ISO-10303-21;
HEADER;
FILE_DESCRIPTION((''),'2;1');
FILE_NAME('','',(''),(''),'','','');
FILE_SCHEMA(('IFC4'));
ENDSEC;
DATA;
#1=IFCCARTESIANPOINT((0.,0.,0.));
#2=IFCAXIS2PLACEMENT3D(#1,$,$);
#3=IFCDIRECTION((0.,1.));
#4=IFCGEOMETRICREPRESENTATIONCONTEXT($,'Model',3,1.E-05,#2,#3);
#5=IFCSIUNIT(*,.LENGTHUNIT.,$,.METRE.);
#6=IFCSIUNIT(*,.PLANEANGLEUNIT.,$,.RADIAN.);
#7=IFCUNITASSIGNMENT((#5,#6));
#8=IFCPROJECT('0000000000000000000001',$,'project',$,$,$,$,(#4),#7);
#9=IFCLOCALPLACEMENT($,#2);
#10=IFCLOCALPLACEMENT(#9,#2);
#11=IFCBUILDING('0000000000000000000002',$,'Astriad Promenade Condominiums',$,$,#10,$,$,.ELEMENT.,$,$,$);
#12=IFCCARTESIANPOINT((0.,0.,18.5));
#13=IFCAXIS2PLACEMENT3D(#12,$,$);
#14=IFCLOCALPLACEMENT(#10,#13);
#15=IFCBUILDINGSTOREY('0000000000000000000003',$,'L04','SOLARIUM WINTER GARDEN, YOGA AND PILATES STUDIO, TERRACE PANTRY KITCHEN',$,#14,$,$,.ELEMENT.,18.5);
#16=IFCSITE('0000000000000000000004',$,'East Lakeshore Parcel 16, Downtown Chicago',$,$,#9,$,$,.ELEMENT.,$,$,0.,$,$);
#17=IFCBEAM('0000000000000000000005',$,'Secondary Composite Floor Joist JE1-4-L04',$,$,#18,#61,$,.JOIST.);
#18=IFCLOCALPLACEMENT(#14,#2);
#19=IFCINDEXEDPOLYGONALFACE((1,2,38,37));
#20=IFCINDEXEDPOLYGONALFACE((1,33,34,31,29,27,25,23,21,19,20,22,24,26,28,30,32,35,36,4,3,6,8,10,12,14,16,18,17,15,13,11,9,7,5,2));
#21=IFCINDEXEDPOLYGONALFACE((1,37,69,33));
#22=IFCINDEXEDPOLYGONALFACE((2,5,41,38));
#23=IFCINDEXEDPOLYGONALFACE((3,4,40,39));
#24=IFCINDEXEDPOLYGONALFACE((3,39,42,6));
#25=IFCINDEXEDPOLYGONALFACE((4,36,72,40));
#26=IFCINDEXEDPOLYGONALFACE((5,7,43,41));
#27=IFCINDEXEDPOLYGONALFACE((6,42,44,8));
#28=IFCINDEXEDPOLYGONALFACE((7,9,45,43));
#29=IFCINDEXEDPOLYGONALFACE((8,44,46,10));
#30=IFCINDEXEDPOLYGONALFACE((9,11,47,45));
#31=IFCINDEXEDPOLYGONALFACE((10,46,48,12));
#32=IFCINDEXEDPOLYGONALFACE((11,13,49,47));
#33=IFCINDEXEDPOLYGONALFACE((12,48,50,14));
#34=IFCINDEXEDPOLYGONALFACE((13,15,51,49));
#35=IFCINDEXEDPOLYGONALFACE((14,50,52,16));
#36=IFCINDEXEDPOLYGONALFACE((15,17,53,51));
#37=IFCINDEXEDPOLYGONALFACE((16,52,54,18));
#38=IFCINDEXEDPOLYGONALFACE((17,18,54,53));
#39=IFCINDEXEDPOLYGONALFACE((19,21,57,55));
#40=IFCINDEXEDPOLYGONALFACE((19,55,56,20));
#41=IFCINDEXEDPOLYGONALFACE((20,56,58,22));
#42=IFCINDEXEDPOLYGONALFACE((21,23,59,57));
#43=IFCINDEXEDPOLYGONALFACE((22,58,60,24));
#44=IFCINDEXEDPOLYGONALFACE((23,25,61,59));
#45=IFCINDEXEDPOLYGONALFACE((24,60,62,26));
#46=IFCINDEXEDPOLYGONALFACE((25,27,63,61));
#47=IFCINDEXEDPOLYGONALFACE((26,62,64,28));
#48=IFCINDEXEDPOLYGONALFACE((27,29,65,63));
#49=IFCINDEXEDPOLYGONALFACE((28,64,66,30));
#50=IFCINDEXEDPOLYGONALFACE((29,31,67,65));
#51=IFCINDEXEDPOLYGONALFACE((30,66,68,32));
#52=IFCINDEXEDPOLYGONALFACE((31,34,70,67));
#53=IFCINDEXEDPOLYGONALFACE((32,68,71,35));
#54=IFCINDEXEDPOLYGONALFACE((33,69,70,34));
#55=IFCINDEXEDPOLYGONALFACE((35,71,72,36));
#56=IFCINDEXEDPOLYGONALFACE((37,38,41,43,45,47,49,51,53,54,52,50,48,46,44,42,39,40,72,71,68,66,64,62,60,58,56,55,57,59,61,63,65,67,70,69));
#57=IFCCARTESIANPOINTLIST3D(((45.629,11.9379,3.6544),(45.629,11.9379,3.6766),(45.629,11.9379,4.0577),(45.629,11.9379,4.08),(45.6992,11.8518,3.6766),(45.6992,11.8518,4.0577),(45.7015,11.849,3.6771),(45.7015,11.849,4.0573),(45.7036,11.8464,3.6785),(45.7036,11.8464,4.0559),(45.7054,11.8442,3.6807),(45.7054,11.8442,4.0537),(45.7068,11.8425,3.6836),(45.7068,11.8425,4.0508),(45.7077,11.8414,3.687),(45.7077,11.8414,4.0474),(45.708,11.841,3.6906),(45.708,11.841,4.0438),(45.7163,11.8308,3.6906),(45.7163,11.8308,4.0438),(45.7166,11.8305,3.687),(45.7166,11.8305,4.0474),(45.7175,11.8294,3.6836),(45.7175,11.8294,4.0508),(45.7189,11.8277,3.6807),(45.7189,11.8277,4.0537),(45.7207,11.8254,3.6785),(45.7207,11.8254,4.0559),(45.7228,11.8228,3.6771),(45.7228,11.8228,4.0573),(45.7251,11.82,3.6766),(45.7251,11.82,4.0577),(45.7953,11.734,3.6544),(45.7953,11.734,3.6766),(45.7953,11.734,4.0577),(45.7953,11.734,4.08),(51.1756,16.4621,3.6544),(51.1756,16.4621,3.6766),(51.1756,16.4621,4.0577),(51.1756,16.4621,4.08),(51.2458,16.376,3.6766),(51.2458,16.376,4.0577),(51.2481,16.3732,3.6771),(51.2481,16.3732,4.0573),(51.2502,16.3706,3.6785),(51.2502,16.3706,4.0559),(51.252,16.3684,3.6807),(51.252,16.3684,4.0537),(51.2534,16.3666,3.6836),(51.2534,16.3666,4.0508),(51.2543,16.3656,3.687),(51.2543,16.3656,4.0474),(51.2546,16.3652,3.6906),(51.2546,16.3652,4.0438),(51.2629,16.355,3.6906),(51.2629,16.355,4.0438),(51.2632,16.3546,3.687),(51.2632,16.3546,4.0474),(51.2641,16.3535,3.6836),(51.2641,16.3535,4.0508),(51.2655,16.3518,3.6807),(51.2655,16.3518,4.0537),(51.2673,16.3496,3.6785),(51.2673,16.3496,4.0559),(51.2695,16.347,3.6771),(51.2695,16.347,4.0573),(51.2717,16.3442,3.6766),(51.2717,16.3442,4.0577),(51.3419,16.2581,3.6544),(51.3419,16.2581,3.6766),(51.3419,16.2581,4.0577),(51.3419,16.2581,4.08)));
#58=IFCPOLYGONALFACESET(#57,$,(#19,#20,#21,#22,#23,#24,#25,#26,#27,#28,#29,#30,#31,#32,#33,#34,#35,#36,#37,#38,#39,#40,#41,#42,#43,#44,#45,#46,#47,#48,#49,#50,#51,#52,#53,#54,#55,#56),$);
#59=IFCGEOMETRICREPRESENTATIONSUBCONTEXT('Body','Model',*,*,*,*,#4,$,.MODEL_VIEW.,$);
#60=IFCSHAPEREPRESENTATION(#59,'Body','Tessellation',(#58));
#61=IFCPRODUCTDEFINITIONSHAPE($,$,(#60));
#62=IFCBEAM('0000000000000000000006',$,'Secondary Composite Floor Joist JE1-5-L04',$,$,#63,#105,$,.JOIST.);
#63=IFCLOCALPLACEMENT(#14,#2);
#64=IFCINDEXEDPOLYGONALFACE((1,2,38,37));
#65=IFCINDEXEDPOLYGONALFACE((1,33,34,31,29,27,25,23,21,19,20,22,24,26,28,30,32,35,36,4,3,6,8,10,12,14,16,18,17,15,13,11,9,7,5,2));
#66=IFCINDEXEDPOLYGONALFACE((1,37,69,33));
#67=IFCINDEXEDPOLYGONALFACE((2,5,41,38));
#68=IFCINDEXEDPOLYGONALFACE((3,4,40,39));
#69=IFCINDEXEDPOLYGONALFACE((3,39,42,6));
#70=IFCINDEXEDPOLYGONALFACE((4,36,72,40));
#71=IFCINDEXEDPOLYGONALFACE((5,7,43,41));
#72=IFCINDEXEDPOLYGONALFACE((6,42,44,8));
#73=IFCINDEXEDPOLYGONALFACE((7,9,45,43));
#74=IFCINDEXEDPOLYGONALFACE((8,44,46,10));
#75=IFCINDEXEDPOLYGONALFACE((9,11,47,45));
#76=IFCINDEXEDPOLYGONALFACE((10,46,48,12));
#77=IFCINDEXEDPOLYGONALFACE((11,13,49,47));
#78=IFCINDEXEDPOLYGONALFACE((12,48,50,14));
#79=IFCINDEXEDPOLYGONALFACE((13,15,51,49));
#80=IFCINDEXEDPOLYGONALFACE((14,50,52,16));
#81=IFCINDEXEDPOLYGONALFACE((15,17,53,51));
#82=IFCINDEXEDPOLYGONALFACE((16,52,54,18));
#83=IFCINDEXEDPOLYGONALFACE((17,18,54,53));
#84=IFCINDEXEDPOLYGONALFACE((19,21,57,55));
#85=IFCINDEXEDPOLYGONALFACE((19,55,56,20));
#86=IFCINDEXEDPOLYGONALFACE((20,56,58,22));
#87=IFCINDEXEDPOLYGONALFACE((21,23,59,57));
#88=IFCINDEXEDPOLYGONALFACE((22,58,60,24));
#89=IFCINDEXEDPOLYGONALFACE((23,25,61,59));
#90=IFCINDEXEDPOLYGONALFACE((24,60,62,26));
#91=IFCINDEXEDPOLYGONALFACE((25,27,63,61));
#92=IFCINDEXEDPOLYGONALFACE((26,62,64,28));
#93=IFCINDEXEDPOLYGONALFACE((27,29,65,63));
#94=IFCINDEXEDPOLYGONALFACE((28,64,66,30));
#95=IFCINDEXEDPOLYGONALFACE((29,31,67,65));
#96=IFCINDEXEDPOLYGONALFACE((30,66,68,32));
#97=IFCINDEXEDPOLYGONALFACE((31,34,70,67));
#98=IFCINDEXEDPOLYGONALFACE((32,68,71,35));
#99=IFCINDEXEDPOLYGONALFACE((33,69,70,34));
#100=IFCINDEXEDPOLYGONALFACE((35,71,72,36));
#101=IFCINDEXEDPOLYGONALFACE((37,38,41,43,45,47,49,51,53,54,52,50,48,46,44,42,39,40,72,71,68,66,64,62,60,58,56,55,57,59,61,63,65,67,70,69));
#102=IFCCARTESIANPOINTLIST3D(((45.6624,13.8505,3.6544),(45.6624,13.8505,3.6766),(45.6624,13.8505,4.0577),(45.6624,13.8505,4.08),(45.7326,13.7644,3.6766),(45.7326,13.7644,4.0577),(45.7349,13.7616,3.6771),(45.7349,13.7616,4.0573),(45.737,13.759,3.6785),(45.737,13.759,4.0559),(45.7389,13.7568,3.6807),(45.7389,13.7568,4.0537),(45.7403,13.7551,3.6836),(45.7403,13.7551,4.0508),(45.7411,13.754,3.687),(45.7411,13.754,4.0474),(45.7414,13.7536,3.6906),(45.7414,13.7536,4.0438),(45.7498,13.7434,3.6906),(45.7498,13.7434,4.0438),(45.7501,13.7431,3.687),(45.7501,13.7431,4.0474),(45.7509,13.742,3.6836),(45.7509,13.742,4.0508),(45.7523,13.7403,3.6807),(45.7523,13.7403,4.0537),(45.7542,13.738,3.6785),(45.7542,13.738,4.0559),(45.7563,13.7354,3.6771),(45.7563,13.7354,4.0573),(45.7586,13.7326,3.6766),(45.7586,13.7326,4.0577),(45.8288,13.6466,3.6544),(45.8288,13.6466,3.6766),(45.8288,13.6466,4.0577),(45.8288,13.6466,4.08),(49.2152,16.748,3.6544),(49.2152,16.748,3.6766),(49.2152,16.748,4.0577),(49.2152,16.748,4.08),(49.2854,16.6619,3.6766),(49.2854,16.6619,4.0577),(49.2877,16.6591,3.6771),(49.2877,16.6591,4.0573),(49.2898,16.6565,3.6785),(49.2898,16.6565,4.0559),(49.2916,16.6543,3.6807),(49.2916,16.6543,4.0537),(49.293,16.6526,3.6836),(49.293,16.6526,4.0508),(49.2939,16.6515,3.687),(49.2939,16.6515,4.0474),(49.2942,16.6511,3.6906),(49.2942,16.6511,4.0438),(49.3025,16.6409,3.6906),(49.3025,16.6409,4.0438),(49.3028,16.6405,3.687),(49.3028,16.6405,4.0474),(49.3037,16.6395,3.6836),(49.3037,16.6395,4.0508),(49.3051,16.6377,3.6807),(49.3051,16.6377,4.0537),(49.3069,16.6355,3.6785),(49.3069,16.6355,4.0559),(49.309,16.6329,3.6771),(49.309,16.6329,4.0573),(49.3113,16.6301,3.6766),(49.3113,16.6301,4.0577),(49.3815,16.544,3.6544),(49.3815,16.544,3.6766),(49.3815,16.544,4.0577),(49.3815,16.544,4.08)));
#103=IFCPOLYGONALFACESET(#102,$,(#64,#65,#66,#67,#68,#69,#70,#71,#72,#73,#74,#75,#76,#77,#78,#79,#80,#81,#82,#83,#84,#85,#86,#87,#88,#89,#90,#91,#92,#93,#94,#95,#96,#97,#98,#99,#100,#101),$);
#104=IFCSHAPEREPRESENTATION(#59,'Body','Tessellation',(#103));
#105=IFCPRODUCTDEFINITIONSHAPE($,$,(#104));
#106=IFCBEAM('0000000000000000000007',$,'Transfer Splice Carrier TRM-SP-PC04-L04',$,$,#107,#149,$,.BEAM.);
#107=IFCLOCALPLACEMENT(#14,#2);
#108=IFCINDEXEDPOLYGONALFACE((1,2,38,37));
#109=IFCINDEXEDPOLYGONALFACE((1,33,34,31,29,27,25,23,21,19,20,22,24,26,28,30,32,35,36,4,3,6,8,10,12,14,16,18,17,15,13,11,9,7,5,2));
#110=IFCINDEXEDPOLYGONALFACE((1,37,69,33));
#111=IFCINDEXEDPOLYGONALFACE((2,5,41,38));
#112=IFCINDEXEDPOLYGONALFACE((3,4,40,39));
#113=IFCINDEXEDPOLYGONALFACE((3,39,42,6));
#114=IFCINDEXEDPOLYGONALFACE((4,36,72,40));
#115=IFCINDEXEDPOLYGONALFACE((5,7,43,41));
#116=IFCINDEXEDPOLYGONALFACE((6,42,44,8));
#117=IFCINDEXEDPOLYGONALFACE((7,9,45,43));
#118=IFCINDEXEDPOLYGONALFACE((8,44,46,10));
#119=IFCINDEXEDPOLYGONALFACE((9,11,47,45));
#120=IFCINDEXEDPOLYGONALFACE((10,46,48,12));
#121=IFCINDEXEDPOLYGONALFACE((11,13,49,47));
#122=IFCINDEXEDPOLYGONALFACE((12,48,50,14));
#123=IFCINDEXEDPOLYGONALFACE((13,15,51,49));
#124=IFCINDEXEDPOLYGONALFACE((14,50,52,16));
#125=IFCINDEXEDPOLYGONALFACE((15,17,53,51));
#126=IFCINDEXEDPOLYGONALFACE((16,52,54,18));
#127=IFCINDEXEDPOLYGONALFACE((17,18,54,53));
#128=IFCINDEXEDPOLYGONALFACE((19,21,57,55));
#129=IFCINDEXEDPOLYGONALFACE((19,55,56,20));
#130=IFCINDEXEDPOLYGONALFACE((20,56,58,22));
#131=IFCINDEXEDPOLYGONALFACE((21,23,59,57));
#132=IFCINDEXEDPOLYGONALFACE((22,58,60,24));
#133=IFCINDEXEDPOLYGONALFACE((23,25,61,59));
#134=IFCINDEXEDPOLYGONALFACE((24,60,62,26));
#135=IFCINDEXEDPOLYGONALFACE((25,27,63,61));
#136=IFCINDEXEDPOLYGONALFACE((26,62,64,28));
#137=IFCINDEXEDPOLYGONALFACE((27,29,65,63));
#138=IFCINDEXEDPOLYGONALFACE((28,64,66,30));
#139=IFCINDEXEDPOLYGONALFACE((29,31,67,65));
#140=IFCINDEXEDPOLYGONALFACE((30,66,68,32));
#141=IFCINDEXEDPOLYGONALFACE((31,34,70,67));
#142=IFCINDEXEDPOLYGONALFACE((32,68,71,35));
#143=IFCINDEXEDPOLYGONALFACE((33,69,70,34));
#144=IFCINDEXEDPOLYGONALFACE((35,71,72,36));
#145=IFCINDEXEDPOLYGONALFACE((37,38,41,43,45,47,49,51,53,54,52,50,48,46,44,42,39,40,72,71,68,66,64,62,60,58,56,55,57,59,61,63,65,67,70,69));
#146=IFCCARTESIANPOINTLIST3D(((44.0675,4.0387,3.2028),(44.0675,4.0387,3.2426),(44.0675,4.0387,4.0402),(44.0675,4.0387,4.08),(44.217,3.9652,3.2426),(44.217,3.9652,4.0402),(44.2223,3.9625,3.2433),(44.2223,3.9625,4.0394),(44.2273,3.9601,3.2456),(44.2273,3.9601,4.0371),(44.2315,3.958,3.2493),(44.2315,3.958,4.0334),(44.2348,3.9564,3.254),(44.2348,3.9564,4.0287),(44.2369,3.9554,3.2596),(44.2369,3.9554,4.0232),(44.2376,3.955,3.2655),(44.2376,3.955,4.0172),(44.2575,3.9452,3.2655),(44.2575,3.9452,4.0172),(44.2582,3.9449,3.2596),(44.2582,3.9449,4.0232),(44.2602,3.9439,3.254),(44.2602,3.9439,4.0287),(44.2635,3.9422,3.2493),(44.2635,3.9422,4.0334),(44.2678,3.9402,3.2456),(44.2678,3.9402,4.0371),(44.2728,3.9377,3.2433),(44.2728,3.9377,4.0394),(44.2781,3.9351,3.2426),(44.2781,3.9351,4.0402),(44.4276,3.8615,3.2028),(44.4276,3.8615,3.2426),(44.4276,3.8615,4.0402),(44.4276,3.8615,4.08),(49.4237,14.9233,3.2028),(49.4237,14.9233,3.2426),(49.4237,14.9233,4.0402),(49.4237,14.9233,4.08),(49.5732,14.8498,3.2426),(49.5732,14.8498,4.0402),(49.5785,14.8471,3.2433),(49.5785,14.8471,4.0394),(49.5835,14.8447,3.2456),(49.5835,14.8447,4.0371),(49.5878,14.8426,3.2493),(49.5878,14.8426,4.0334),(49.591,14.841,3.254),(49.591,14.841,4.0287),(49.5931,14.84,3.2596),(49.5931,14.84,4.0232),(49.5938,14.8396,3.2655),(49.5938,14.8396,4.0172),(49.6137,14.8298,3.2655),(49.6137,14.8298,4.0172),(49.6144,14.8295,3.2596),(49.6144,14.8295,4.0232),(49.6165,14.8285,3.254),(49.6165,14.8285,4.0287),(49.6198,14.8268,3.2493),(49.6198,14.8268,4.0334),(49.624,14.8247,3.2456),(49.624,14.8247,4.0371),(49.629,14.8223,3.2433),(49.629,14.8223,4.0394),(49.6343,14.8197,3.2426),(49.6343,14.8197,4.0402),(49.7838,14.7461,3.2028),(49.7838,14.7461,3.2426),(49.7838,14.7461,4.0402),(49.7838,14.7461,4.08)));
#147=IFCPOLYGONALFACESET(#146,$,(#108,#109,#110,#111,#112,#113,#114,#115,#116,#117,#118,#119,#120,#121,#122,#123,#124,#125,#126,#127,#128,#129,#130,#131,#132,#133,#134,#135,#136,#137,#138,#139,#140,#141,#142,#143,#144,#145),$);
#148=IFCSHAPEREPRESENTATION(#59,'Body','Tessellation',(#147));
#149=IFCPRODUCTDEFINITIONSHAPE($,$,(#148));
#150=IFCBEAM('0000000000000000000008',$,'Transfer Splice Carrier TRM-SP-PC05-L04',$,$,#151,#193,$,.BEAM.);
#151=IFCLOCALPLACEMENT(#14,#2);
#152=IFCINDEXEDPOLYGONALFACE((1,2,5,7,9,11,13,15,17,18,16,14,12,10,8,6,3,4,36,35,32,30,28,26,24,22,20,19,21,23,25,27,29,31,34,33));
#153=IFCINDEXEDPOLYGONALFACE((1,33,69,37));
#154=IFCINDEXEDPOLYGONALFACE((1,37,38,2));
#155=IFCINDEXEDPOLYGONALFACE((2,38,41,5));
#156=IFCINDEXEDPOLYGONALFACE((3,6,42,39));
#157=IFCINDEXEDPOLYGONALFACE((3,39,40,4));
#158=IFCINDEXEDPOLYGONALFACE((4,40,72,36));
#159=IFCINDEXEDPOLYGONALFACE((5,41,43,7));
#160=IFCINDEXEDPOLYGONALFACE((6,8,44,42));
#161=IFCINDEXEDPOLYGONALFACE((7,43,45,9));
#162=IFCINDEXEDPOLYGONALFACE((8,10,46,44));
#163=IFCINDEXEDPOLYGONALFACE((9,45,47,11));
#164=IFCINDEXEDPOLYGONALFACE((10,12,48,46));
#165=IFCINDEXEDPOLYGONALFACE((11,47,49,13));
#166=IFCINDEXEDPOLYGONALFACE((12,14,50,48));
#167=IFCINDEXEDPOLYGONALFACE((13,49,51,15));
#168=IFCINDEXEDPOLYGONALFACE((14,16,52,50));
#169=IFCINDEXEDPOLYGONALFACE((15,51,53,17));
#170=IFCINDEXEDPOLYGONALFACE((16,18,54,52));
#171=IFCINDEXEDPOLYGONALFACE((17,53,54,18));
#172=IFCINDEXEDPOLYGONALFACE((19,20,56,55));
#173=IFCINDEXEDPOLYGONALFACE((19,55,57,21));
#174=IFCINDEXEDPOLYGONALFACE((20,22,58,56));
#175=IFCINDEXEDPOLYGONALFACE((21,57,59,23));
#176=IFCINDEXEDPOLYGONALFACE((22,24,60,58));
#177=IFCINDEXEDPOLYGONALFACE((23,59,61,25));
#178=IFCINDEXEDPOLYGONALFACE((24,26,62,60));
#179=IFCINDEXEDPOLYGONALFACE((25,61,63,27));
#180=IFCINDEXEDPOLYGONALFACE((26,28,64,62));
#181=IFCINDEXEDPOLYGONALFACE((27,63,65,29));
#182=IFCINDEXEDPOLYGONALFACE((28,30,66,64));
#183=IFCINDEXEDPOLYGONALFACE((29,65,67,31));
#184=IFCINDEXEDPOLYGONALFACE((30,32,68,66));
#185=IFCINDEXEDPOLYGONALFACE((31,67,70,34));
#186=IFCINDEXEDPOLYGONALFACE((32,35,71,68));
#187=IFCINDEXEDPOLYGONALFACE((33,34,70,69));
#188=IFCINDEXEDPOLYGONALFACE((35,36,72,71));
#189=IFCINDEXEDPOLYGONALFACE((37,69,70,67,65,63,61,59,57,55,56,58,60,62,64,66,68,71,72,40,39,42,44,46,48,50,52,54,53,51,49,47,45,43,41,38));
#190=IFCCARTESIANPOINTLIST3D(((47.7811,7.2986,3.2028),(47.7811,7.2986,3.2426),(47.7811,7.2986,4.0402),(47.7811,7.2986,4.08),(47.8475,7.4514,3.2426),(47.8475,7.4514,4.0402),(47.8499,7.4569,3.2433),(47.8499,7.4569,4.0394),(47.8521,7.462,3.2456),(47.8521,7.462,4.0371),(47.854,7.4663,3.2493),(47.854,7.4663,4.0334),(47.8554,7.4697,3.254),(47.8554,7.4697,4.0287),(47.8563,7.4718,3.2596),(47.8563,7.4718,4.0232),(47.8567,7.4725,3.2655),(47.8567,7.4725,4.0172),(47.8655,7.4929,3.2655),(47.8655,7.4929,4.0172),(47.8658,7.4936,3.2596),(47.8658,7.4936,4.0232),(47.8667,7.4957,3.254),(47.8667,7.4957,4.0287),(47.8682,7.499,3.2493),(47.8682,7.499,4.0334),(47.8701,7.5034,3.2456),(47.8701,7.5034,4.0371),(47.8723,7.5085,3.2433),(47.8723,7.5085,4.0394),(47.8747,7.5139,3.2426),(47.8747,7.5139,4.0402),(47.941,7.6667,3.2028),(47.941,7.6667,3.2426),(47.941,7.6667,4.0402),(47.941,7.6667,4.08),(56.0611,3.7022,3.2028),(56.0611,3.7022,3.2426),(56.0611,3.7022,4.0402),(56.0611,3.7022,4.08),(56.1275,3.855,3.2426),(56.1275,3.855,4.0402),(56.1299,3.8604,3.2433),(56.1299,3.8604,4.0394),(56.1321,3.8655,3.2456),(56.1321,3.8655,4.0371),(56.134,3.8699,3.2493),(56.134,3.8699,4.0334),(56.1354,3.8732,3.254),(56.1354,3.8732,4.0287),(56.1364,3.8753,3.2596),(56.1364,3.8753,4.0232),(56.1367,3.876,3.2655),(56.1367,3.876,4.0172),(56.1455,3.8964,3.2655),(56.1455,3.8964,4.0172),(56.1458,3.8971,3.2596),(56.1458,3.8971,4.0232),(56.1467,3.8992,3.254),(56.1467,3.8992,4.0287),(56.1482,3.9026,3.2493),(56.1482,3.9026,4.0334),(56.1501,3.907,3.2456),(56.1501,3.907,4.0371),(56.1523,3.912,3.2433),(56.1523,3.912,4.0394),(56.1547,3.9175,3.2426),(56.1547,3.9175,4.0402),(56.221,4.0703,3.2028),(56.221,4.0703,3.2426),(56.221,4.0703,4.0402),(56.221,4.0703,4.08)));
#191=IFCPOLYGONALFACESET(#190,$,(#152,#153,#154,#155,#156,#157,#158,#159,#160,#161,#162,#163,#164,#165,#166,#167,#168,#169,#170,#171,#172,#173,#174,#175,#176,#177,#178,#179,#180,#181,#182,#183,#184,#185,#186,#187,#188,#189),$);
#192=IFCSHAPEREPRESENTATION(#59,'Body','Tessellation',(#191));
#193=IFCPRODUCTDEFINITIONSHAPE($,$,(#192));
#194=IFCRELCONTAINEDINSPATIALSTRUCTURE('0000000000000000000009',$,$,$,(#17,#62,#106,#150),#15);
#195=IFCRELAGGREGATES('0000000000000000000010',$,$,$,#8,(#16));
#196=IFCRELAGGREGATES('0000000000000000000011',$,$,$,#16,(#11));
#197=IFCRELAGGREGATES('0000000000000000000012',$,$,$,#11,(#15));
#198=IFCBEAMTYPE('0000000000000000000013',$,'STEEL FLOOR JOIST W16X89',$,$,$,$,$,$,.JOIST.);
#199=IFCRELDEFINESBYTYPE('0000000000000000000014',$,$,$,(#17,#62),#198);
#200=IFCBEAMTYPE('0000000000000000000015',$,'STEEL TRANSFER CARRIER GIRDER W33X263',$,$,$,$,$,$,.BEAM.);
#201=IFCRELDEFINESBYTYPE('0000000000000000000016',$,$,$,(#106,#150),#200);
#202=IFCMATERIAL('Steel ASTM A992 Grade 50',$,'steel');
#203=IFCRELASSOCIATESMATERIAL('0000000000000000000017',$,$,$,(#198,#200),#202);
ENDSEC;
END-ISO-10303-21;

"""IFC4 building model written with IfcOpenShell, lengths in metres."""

from ifc_helpers import new_model, si_unit, direction, frame, origin, origin_2d, place, context, subcontext, project, spatial, i_section, extrude, source, transform, mapped, material, material_profile, profile_set, type_object, type_shapes, element, save


model = new_model("IFC4")

# Units and contexts
model_context = context("Model", 3, precision=1e-05, world=origin(), true_north=direction((0.0, 1.0)))
body_context = subcontext(model_context, "Body", "Model", "MODEL_VIEW")
ifc_project = project(units=[si_unit("LENGTHUNIT", "METRE"), si_unit("PLANEANGLEUNIT", "RADIAN")], contexts=[model_context])

# Site, building, storey
site_placement = place(None, origin())
site = spatial("IfcSite", under=ifc_project, at=site_placement, Name="East Lakeshore Parcel 16, Downtown Chicago", CompositionType="ELEMENT", RefElevation=0.0)
building_placement = place(site_placement, origin())
building = spatial("IfcBuilding", under=site, at=building_placement, Name="Astriad Promenade Condominiums", CompositionType="ELEMENT")
storey_placement = place(building_placement, frame((0.0, 0.0, 18.5)))
storey = spatial("IfcBuildingStorey", under=building, at=storey_placement, Name="L04", Description="SOLARIUM WINTER GARDEN, YOGA AND PILATES STUDIO, TERRACE PANTRY KITCHEN", CompositionType="ELEMENT", Elevation=18.5)

# Shared definitions
ifc_material_1 = material(Name="Steel ASTM A992 Grade 50", Category="steel")

# Beams
ifc_material_profile_1 = material_profile(ifc_material_1, i_section(OverallWidth=0.2632, OverallDepth=0.4255, WebThickness=0.0132, FlangeThickness=0.0222, FilletRadius=0.0139, at=origin_2d()), Name="W16X89")
ifc_profile_set_1 = profile_set([ifc_material_profile_1], Name="Steel ASTM A992 Grade 50")
beam_type_1 = type_object("IfcBeamType", Name="STEEL FLOOR JOIST W16X89", PredefinedType="JOIST", material=ifc_profile_set_1)
shared_shape_1 = source(origin(), body_context, "Body", "SweptSolid", [
    extrude(i_section(OverallWidth=0.2632, OverallDepth=0.4255, WebThickness=0.0132, FlangeThickness=0.0222, FilletRadius=0.0139, at=origin_2d()), origin(), (0.0, 0.0, 1.0), 7.1577),
])
beam_1_placement = place(storey_placement, frame((45.7122, 11.8359, 3.8672), z_axis=(0.774914, 0.632067, 0.0), x_axis=(-0.632067, 0.774914, 0.0)))
element("IfcBeam", 1, at=beam_1_placement, inside=storey, type_object=beam_type_1, Name="Secondary Composite Floor Joist JE1-4-L04", PredefinedType="JOIST", context=body_context, shape_type="MappedRepresentation", body=[
    mapped(shared_shape_1, transform((0.0, 0.0, 0.0), scale=1.0)),
])
shared_shape_2 = source(origin(), body_context, "Body", "SweptSolid", [
    extrude(i_section(OverallWidth=0.2632, OverallDepth=0.4255, WebThickness=0.0132, FlangeThickness=0.0222, FilletRadius=0.0139, at=origin_2d()), origin(), (0.0, 0.0, 1.0), 4.5845),
])
beam_2_placement = place(storey_placement, frame((45.7456, 13.7485, 3.8672), z_axis=(0.774953, 0.632019, 0.0), x_axis=(-0.632019, 0.774953, 0.0)))
element("IfcBeam", 2, at=beam_2_placement, inside=storey, type_object=beam_type_1, Name="Secondary Composite Floor Joist JE1-5-L04", PredefinedType="JOIST", context=body_context, shape_type="MappedRepresentation", body=[
    mapped(shared_shape_2, transform((0.0, 0.0, 0.0), scale=1.0)),
])
ifc_material_profile_2 = material_profile(ifc_material_1, i_section(OverallWidth=0.4014, OverallDepth=0.8772, WebThickness=0.0222, FlangeThickness=0.0398, FilletRadius=0.0229, at=origin_2d()), Name="W33X263")
ifc_profile_set_2 = profile_set([ifc_material_profile_2], Name="Steel ASTM A992 Grade 50")
beam_type_2 = type_object("IfcBeamType", Name="STEEL TRANSFER CARRIER GIRDER W33X263", PredefinedType="BEAM", material=ifc_profile_set_2)
shared_shape_3 = source(origin(), body_context, "Body", "SweptSolid", [
    extrude(i_section(OverallWidth=0.4014, OverallDepth=0.8772, WebThickness=0.0222, FlangeThickness=0.0398, FilletRadius=0.0229, at=origin_2d()), origin(), (0.0, 0.0, 1.0), 12.1311),
])
beam_3_placement = place(storey_placement, frame((49.6038, 14.8347, 3.6414), z_axis=(-0.441529, -0.897247, 0.0), x_axis=(0.897247, -0.441529, 0.0)))
element("IfcBeam", 3, at=beam_3_placement, inside=storey, type_object=beam_type_2, Name="Transfer Splice Carrier TRM-SP-PC04-L04", PredefinedType="BEAM", context=body_context, shape_type="MappedRepresentation", body=[
    mapped(shared_shape_3, transform((0.0, 0.0, 0.0), scale=1.0)),
])
shared_shape_4 = source(origin(), body_context, "Body", "SweptSolid", [
    extrude(i_section(OverallWidth=0.4014, OverallDepth=0.8772, WebThickness=0.0222, FlangeThickness=0.0398, FilletRadius=0.0229, at=origin_2d()), origin(), (0.0, 0.0, 1.0), 9.0273),
])
type_shapes(beam_type_2, [shared_shape_3, shared_shape_4])
beam_4_placement = place(storey_placement, frame((47.8611, 7.4827, 3.6414), z_axis=(0.917215, -0.398393, 0.0), x_axis=(0.398393, 0.917215, 0.0)))
element("IfcBeam", 4, at=beam_4_placement, inside=storey, type_object=beam_type_2, Name="Transfer Splice Carrier TRM-SP-PC05-L04", PredefinedType="BEAM", context=body_context, shape_type="MappedRepresentation", body=[
    mapped(shared_shape_4, transform((0.0, 0.0, 0.0), scale=1.0)),
])

save(model, "model.ifc")
